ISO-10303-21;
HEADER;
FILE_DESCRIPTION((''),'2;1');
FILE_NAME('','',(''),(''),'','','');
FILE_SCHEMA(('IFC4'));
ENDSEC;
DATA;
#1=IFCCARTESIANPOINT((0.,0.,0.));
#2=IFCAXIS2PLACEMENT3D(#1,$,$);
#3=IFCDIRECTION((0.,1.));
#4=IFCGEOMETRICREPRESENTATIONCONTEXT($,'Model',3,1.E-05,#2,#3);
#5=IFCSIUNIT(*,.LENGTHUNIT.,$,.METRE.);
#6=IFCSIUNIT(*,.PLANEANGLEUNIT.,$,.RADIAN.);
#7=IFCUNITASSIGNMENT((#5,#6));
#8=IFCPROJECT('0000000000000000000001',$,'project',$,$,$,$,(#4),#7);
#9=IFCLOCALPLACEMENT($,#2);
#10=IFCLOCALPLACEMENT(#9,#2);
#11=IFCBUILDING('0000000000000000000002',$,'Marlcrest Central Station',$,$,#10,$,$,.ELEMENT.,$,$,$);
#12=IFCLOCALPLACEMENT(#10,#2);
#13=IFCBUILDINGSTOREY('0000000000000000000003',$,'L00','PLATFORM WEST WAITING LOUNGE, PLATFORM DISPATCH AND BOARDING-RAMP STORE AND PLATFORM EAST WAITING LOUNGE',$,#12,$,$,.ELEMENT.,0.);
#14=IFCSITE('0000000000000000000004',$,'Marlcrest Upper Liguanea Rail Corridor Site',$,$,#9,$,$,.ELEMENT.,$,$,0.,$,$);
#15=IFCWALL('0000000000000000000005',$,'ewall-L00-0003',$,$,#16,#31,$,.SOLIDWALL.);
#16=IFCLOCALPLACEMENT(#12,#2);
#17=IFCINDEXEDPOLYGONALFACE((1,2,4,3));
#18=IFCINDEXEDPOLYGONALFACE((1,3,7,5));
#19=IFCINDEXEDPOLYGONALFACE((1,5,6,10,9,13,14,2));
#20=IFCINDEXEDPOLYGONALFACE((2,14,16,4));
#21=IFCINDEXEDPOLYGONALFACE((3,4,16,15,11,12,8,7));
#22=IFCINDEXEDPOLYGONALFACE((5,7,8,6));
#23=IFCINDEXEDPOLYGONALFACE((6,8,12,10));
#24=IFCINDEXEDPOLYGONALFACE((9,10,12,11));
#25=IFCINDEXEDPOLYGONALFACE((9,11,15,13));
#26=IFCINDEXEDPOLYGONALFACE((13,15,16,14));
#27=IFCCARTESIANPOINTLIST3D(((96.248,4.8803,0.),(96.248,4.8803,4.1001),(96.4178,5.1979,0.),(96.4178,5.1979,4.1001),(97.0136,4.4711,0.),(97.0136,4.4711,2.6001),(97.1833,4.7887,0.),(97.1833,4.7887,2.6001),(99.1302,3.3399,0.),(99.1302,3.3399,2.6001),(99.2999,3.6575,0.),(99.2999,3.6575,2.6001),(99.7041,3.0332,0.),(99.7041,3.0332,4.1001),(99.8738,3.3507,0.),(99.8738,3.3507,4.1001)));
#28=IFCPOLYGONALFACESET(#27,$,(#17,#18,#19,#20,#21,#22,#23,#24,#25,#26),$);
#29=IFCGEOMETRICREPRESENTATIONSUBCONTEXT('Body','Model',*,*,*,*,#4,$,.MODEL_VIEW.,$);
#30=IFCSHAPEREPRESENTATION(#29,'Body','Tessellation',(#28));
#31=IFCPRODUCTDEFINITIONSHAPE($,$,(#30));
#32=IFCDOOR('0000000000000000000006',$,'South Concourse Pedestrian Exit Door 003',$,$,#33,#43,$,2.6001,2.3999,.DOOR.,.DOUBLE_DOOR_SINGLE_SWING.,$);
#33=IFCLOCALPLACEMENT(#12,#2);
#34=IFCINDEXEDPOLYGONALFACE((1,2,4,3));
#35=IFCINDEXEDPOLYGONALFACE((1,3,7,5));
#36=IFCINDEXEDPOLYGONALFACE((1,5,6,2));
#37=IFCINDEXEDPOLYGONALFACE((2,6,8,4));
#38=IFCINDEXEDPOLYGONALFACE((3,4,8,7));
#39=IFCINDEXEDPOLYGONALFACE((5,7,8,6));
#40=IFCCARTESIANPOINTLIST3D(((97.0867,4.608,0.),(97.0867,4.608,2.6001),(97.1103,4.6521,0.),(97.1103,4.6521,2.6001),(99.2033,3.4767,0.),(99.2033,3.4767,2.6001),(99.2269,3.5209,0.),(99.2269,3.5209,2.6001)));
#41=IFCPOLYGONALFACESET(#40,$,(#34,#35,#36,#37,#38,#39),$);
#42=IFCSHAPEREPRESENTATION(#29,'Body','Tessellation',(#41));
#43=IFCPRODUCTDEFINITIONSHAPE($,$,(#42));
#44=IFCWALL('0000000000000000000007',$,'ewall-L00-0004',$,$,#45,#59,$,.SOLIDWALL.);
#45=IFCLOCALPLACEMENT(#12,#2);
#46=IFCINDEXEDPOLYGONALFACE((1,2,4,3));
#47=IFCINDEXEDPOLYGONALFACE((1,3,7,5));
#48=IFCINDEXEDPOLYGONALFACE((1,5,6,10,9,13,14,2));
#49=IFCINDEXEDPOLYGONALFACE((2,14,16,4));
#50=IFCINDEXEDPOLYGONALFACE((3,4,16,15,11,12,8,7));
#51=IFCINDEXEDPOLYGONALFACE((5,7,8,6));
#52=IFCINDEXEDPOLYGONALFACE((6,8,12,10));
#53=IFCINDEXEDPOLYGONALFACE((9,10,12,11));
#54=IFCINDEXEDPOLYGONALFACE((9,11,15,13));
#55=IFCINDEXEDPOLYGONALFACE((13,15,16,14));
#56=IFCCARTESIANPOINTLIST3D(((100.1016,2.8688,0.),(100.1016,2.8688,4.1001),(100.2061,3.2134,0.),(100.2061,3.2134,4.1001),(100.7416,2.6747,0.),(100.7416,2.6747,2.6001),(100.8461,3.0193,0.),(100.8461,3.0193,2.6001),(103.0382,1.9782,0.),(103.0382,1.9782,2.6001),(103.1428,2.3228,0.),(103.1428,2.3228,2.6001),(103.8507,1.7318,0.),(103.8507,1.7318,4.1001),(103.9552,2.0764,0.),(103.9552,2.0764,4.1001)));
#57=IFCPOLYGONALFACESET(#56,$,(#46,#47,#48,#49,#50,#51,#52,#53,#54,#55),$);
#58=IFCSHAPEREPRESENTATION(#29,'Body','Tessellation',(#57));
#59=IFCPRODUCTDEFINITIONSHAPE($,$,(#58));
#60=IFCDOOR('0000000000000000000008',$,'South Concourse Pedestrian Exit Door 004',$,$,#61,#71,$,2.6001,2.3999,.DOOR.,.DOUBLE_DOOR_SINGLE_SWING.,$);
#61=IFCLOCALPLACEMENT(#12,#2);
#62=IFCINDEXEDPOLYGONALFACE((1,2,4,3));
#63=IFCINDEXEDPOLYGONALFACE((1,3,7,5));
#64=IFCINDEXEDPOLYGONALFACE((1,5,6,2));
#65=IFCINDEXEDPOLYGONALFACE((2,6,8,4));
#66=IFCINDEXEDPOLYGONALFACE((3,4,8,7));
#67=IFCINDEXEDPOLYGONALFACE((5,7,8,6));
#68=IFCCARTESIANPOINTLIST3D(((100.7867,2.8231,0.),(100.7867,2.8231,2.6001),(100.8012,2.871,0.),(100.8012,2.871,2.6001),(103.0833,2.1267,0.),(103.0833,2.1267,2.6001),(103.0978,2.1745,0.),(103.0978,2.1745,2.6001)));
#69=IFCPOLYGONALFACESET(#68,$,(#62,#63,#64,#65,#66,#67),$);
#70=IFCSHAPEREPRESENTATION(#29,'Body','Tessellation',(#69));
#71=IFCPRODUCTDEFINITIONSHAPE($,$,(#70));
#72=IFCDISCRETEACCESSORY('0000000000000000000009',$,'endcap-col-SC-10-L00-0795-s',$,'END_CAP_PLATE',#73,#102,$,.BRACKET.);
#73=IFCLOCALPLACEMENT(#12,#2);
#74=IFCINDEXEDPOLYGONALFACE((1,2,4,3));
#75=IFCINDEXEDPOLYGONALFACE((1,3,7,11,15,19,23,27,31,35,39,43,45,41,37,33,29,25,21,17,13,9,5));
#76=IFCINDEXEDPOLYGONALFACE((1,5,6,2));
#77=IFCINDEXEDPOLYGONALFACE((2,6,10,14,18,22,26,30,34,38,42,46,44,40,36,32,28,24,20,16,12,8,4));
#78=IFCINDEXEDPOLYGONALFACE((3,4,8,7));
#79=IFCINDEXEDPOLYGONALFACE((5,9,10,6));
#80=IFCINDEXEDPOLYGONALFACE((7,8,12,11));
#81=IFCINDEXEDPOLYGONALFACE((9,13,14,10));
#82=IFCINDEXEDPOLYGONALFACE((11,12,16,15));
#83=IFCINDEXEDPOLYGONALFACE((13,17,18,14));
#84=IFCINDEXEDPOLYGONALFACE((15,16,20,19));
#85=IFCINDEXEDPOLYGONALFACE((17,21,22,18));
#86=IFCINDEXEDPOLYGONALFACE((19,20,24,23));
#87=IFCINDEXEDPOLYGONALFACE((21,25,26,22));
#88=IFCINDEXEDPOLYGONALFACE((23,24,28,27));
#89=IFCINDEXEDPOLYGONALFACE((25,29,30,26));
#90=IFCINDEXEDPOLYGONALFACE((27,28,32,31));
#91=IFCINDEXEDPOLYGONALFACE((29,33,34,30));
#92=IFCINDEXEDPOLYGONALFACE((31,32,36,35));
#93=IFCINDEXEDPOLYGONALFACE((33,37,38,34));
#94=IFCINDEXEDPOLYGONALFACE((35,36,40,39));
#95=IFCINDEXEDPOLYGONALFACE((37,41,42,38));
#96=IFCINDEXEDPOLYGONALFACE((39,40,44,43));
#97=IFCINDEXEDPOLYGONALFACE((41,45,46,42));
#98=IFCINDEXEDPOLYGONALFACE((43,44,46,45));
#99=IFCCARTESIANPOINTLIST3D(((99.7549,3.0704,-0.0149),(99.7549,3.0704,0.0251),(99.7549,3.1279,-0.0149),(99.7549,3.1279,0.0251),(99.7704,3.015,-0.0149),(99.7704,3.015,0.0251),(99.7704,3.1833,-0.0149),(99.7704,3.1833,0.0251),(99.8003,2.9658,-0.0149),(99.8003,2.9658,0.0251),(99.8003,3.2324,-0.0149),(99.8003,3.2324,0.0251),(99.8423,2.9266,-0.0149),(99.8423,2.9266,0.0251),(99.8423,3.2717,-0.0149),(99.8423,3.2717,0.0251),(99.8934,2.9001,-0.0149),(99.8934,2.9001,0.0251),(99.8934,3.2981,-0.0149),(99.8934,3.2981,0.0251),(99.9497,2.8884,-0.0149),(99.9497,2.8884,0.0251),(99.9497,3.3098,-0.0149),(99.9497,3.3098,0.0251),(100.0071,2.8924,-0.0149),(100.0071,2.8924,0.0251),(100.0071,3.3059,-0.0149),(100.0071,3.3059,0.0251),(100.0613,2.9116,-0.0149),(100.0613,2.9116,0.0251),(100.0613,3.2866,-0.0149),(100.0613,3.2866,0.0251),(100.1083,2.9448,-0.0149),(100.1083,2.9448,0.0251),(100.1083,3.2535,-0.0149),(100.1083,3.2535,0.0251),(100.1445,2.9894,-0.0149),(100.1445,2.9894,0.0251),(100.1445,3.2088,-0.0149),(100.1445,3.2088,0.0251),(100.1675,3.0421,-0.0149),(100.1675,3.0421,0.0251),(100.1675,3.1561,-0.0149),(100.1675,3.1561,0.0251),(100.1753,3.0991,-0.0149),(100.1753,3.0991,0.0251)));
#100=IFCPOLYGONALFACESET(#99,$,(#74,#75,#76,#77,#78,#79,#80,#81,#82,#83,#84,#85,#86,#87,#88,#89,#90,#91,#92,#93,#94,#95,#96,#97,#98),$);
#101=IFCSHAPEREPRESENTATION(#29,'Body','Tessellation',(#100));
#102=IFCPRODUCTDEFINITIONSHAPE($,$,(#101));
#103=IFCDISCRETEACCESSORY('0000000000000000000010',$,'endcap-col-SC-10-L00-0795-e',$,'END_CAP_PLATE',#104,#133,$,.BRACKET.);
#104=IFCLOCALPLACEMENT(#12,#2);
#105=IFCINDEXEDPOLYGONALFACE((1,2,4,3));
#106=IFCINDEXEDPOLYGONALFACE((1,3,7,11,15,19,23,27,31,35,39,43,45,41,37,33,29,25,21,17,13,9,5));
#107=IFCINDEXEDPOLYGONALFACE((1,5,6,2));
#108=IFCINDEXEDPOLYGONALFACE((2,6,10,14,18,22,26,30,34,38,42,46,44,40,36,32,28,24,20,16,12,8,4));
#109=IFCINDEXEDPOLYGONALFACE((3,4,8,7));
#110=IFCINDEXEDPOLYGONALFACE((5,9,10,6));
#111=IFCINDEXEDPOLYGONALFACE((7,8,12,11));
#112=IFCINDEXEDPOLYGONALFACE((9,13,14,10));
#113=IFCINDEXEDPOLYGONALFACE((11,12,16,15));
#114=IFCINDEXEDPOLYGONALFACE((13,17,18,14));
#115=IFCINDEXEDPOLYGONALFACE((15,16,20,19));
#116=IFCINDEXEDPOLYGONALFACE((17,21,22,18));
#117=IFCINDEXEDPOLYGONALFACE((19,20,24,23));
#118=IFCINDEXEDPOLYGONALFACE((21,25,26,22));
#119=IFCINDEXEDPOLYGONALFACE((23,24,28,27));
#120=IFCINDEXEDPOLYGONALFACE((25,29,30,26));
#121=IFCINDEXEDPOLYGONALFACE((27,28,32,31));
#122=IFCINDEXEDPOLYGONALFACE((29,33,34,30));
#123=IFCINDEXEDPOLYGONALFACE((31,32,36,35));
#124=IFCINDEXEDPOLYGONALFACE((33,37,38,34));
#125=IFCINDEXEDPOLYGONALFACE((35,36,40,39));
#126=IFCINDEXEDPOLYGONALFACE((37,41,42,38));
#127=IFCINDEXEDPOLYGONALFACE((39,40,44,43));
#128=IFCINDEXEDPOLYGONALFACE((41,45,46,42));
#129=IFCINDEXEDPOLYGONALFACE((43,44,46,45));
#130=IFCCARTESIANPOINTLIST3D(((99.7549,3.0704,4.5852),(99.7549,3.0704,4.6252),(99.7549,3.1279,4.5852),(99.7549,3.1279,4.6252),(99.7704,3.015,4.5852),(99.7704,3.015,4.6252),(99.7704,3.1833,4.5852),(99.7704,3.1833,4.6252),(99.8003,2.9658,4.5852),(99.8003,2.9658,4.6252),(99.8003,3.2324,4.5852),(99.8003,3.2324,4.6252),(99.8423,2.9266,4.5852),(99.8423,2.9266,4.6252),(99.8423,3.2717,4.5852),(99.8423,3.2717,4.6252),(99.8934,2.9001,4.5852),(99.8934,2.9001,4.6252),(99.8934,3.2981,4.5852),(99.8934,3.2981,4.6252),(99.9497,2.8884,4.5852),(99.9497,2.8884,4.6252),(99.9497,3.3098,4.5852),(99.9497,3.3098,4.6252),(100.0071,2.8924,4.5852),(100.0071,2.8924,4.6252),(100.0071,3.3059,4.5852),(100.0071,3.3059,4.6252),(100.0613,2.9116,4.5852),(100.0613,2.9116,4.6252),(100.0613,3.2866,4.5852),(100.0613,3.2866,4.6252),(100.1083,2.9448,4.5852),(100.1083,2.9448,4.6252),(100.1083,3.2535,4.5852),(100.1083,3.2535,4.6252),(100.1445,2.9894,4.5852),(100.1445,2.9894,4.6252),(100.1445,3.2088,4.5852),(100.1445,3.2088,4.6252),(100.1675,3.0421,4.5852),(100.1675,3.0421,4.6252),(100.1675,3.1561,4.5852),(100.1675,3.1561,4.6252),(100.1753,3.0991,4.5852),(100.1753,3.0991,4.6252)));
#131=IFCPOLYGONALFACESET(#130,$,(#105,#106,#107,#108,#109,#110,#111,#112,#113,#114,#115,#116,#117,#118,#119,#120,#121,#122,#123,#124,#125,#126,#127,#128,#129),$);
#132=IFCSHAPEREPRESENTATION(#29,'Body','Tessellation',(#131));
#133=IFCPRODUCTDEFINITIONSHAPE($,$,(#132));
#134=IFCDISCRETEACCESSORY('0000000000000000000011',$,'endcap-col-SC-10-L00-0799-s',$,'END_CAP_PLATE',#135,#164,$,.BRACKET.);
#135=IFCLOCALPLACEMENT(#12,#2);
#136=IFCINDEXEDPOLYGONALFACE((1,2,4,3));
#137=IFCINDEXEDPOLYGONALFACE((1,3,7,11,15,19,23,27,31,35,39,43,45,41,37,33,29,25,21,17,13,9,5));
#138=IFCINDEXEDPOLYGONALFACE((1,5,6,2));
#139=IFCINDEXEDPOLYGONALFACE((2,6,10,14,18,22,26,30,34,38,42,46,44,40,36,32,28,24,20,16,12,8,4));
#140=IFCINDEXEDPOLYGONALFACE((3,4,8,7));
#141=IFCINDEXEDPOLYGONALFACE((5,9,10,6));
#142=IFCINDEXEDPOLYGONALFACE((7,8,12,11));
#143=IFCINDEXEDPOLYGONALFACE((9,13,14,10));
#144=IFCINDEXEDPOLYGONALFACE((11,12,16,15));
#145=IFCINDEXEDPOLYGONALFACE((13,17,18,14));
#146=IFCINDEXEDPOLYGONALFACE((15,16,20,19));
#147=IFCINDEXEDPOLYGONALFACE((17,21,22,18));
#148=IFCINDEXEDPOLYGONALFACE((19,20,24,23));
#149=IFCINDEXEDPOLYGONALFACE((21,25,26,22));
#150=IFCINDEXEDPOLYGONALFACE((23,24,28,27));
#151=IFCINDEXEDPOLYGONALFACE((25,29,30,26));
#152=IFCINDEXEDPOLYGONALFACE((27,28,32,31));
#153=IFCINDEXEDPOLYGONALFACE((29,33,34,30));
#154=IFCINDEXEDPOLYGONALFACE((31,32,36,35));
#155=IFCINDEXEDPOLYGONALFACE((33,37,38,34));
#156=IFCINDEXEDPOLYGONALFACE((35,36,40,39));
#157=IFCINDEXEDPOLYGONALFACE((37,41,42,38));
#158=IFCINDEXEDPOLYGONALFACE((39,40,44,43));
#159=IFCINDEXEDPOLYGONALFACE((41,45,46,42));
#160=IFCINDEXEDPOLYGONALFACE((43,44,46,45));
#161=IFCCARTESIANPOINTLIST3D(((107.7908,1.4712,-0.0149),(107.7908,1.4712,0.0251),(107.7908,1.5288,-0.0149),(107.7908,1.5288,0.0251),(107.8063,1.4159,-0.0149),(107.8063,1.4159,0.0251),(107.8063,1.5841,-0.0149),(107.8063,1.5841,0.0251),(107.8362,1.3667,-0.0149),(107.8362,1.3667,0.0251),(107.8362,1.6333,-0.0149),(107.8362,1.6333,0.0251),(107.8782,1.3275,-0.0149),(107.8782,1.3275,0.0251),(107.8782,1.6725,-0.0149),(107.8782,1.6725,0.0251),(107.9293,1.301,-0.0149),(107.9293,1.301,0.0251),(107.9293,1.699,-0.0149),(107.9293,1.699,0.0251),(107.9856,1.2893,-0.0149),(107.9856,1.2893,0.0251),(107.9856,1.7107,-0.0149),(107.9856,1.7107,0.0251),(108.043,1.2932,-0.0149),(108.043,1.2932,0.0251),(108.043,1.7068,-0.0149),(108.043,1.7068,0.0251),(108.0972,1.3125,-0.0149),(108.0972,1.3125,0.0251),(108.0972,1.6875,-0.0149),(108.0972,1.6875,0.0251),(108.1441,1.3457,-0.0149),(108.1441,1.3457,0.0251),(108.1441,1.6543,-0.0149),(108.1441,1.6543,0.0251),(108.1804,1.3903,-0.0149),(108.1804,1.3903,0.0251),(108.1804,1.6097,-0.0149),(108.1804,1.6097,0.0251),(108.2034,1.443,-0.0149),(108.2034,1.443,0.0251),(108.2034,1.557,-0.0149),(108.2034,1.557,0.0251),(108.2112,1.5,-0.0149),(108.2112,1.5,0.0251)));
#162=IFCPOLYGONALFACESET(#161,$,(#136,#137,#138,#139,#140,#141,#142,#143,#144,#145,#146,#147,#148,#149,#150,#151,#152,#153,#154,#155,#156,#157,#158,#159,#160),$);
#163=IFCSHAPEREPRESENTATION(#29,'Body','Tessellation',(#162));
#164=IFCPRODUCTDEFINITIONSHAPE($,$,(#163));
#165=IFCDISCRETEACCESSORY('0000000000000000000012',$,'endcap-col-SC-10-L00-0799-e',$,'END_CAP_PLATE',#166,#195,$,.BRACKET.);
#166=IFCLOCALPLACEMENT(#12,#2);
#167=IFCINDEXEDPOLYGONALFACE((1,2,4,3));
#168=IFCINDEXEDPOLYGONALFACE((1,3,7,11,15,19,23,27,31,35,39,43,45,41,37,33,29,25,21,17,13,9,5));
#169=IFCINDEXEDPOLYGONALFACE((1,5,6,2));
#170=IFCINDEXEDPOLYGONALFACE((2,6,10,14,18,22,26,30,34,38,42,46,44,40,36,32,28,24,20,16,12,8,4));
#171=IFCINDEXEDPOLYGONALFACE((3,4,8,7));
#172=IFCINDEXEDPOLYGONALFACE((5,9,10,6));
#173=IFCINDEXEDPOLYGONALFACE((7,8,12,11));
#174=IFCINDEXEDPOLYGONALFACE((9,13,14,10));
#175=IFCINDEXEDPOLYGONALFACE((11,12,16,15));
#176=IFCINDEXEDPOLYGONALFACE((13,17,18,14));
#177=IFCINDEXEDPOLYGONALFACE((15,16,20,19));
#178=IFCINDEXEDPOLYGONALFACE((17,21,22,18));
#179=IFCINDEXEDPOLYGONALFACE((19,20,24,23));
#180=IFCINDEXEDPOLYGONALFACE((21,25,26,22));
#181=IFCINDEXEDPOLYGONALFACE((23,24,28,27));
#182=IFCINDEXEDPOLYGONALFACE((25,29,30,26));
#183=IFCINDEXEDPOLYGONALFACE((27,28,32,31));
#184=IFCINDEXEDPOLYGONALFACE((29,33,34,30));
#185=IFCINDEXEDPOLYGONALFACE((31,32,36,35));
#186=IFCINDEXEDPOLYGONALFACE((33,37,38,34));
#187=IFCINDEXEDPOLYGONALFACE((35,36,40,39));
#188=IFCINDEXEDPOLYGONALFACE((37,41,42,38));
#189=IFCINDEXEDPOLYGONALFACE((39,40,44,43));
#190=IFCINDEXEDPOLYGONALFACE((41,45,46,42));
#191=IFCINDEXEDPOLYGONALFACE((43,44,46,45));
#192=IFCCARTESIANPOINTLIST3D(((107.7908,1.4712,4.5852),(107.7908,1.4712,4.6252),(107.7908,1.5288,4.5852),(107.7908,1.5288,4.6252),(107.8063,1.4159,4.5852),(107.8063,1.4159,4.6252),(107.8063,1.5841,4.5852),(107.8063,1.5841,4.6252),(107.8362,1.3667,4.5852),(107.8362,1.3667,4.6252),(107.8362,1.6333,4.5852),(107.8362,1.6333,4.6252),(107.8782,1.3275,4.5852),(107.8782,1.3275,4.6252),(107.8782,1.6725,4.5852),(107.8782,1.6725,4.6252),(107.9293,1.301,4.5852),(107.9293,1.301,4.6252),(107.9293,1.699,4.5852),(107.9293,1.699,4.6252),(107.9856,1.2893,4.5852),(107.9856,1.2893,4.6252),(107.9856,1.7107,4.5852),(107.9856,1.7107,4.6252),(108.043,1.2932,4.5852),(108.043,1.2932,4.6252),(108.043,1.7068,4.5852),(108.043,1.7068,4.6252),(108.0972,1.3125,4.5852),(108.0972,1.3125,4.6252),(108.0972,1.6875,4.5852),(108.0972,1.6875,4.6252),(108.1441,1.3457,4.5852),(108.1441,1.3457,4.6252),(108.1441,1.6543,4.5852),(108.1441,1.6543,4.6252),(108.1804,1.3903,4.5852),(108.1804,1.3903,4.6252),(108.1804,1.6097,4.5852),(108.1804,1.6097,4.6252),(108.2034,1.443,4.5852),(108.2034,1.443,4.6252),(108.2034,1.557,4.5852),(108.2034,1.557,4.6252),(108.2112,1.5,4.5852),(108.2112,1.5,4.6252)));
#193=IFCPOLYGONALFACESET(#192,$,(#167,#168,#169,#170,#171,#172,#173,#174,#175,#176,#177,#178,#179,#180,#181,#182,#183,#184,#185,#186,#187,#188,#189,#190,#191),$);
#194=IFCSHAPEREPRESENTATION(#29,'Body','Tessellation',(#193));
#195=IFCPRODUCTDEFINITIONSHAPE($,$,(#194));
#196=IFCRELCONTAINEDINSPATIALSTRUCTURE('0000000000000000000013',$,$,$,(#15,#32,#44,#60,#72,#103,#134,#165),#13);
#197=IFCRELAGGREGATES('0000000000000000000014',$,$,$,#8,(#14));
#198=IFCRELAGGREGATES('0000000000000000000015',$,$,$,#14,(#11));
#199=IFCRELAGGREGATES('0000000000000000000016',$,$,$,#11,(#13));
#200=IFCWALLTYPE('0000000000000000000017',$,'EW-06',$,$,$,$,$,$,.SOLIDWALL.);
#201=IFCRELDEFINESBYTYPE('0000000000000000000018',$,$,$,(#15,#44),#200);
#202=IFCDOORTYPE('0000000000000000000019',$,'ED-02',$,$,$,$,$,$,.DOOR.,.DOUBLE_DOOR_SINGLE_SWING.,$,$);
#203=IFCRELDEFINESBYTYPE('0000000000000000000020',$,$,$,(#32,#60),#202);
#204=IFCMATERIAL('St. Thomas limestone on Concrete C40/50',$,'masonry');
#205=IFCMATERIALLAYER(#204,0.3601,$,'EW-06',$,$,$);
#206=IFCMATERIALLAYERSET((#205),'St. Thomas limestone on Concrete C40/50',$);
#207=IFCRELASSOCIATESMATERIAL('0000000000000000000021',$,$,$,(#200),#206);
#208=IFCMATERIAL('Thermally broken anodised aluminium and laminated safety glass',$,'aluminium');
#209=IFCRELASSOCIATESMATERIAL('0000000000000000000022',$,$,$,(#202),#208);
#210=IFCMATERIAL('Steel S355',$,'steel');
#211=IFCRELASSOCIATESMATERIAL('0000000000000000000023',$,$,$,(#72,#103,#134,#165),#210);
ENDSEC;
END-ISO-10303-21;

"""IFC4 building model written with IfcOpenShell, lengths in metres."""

from ifc_helpers import new_model, si_unit, direction, frame, frame_2d, origin, origin_2d, place, context, subcontext, project, spatial, rectangle, circle, extrude, material, layer, layer_set, type_object, element, fill, save


model = new_model("IFC4")

# Units and contexts
model_context = context("Model", 3, precision=1e-05, world=origin(), true_north=direction((0.0, 1.0)))
body_context = subcontext(model_context, "Body", "Model", "MODEL_VIEW")
ifc_project = project(units=[si_unit("LENGTHUNIT", "METRE"), si_unit("PLANEANGLEUNIT", "RADIAN")], contexts=[model_context])

# Site, building, storey
site_placement = place(None, origin())
site = spatial("IfcSite", under=ifc_project, at=site_placement, Name="Marlcrest Upper Liguanea Rail Corridor Site", CompositionType="ELEMENT", RefElevation=0.0)
building_placement = place(site_placement, origin())
building = spatial("IfcBuilding", under=site, at=building_placement, Name="Marlcrest Central Station", CompositionType="ELEMENT")
storey_placement = place(building_placement, origin())
storey = spatial("IfcBuildingStorey", under=building, at=storey_placement, Name="L00", Description="PLATFORM WEST WAITING LOUNGE, PLATFORM DISPATCH AND BOARDING-RAMP STORE AND PLATFORM EAST WAITING LOUNGE", CompositionType="ELEMENT", Elevation=0.0)

# Shared definitions
ifc_material_1 = material(Name="Steel S355", Category="steel")

# Walls, openings, doors
ifc_material_2 = material(Name="St. Thomas limestone on Concrete C40/50", Category="masonry")
ifc_layer_1 = layer(ifc_material_2, 0.3601, Name="EW-06")
ifc_layer_set_1 = layer_set([ifc_layer_1], Name="St. Thomas limestone on Concrete C40/50")
wall_type = type_object("IfcWallType", Name="EW-06", PredefinedType="SOLIDWALL", material=ifc_layer_set_1)
wall_1_placement = place(storey_placement, frame((99.7891, 3.1919, 0.0), z_axis=(0.0, 0.0, 1.0), x_axis=(-0.881935, 0.471371, 0.0)))
wall_1 = element("IfcWall", 1, at=wall_1_placement, inside=storey, type_object=wall_type, Name="ewall-L00-0003", PredefinedType="SOLIDWALL", context=body_context, shape_type="SweptSolid", body=[
    extrude(rectangle(XDim=3.9187, YDim=0.3601, at=frame_2d((1.9595, 0.0))), origin(), (0.0, 0.0, 1.0), 4.1001),
])
opening_1_placement = place(wall_1_placement, frame((0.6509, 0.0, 0.0)))
opening_1 = element("IfcOpeningElement", 2, at=opening_1_placement, cuts=wall_1, PredefinedType="OPENING", context=body_context, shape_type="SweptSolid", body=[
    extrude(rectangle(XDim=2.3999, YDim=2.6001, at=frame_2d((1.2, 1.3))), frame((0.0, 0.1899, 0.0), z_axis=(0.0, -1.0, 0.0), x_axis=(1.0, 0.0, 0.0)), (0.0, 0.0, 1.0), 0.3801),
])
ifc_material_3 = material(Name="Thermally broken anodised aluminium and laminated safety glass", Category="aluminium")
door_type = type_object("IfcDoorType", Name="ED-02", OperationType="DOUBLE_DOOR_SINGLE_SWING", PredefinedType="DOOR", material=ifc_material_3)
door_1_placement = place(opening_1_placement, origin())
door_1 = element("IfcDoor", 3, at=door_1_placement, inside=storey, type_object=door_type, Name="South Concourse Pedestrian Exit Door 003", OperationType="DOUBLE_DOOR_SINGLE_SWING", OverallHeight=2.6001, OverallWidth=2.3999, PredefinedType="DOOR", context=body_context, shape_type="SweptSolid", body=[
    extrude(rectangle(XDim=2.3999, YDim=2.6001, at=frame_2d((1.2, 1.3))), frame((0.0, 0.0249, 0.0), z_axis=(0.0, -1.0, 0.0), x_axis=(1.0, 0.0, 0.0)), (0.0, 0.0, 1.0), 0.05),
])
fill(opening_1, door_1)
wall_2_placement = place(storey_placement, frame((103.9031, 1.9041, 0.0), z_axis=(0.0, 0.0, 1.0), x_axis=(-0.956961, 0.290217, 0.0)))
wall_2 = element("IfcWall", 4, at=wall_2_placement, inside=storey, type_object=wall_type, Name="ewall-L00-0004", PredefinedType="SOLIDWALL", context=body_context, shape_type="SweptSolid", body=[
    extrude(rectangle(XDim=3.9177, YDim=0.3601, at=frame_2d((1.959, 0.0))), origin(), (0.0, 0.0, 1.0), 4.1001),
])
opening_2_placement = place(wall_2_placement, frame((0.8491, 0.0, 0.0)))
opening_2 = element("IfcOpeningElement", 5, at=opening_2_placement, cuts=wall_2, PredefinedType="OPENING", context=body_context, shape_type="SweptSolid", body=[
    extrude(rectangle(XDim=2.3999, YDim=2.6001, at=frame_2d((1.2, 1.3))), frame((0.0, 0.1899, 0.0), z_axis=(0.0, -1.0, 0.0), x_axis=(1.0, 0.0, 0.0)), (0.0, 0.0, 1.0), 0.3801),
])
door_2_placement = place(opening_2_placement, origin())
door_2 = element("IfcDoor", 6, at=door_2_placement, inside=storey, type_object=door_type, Name="South Concourse Pedestrian Exit Door 004", OperationType="DOUBLE_DOOR_SINGLE_SWING", OverallHeight=2.6001, OverallWidth=2.3999, PredefinedType="DOOR", context=body_context, shape_type="SweptSolid", body=[
    extrude(rectangle(XDim=2.3999, YDim=2.6001, at=frame_2d((1.2, 1.3))), frame((0.0, 0.0249, 0.0), z_axis=(0.0, -1.0, 0.0), x_axis=(1.0, 0.0, 0.0)), (0.0, 0.0, 1.0), 0.05),
])
fill(opening_2, door_2)

# Discrete accessories
for number, where, z_axis, x_axis, name in (
    (7, (99.9641, 3.0991, -0.0149), (0.0, 0.0, 1.0), (1.0, 0.0, 0.0), "endcap-col-SC-10-L00-0795-s"),
    (8, (99.9641, 3.0991, 4.5852), (0.0, 0.0, 1.0), (1.0, 0.0, 0.0), "endcap-col-SC-10-L00-0795-e"),
    (9, (108.0, 1.5, -0.0149), (0.0, 0.0, 1.0), (1.0, 0.0, 0.0), "endcap-col-SC-10-L00-0799-s"),
    (10, (108.0, 1.5, 4.5852), (0.0, 0.0, 1.0), (1.0, 0.0, 0.0), "endcap-col-SC-10-L00-0799-e"),
):
    element("IfcDiscreteAccessory", number, at=place(storey_placement, frame(where, z_axis=z_axis, x_axis=x_axis)), inside=storey, material=ifc_material_1, Name=name, ObjectType="END_CAP_PLATE", PredefinedType="BRACKET", context=body_context, shape_type="SweptSolid", body=[
        extrude(circle(Radius=0.2112, at=origin_2d()), origin(), (0.0, 0.0, 1.0), 0.04),
    ])

save(model, "model.ifc")
